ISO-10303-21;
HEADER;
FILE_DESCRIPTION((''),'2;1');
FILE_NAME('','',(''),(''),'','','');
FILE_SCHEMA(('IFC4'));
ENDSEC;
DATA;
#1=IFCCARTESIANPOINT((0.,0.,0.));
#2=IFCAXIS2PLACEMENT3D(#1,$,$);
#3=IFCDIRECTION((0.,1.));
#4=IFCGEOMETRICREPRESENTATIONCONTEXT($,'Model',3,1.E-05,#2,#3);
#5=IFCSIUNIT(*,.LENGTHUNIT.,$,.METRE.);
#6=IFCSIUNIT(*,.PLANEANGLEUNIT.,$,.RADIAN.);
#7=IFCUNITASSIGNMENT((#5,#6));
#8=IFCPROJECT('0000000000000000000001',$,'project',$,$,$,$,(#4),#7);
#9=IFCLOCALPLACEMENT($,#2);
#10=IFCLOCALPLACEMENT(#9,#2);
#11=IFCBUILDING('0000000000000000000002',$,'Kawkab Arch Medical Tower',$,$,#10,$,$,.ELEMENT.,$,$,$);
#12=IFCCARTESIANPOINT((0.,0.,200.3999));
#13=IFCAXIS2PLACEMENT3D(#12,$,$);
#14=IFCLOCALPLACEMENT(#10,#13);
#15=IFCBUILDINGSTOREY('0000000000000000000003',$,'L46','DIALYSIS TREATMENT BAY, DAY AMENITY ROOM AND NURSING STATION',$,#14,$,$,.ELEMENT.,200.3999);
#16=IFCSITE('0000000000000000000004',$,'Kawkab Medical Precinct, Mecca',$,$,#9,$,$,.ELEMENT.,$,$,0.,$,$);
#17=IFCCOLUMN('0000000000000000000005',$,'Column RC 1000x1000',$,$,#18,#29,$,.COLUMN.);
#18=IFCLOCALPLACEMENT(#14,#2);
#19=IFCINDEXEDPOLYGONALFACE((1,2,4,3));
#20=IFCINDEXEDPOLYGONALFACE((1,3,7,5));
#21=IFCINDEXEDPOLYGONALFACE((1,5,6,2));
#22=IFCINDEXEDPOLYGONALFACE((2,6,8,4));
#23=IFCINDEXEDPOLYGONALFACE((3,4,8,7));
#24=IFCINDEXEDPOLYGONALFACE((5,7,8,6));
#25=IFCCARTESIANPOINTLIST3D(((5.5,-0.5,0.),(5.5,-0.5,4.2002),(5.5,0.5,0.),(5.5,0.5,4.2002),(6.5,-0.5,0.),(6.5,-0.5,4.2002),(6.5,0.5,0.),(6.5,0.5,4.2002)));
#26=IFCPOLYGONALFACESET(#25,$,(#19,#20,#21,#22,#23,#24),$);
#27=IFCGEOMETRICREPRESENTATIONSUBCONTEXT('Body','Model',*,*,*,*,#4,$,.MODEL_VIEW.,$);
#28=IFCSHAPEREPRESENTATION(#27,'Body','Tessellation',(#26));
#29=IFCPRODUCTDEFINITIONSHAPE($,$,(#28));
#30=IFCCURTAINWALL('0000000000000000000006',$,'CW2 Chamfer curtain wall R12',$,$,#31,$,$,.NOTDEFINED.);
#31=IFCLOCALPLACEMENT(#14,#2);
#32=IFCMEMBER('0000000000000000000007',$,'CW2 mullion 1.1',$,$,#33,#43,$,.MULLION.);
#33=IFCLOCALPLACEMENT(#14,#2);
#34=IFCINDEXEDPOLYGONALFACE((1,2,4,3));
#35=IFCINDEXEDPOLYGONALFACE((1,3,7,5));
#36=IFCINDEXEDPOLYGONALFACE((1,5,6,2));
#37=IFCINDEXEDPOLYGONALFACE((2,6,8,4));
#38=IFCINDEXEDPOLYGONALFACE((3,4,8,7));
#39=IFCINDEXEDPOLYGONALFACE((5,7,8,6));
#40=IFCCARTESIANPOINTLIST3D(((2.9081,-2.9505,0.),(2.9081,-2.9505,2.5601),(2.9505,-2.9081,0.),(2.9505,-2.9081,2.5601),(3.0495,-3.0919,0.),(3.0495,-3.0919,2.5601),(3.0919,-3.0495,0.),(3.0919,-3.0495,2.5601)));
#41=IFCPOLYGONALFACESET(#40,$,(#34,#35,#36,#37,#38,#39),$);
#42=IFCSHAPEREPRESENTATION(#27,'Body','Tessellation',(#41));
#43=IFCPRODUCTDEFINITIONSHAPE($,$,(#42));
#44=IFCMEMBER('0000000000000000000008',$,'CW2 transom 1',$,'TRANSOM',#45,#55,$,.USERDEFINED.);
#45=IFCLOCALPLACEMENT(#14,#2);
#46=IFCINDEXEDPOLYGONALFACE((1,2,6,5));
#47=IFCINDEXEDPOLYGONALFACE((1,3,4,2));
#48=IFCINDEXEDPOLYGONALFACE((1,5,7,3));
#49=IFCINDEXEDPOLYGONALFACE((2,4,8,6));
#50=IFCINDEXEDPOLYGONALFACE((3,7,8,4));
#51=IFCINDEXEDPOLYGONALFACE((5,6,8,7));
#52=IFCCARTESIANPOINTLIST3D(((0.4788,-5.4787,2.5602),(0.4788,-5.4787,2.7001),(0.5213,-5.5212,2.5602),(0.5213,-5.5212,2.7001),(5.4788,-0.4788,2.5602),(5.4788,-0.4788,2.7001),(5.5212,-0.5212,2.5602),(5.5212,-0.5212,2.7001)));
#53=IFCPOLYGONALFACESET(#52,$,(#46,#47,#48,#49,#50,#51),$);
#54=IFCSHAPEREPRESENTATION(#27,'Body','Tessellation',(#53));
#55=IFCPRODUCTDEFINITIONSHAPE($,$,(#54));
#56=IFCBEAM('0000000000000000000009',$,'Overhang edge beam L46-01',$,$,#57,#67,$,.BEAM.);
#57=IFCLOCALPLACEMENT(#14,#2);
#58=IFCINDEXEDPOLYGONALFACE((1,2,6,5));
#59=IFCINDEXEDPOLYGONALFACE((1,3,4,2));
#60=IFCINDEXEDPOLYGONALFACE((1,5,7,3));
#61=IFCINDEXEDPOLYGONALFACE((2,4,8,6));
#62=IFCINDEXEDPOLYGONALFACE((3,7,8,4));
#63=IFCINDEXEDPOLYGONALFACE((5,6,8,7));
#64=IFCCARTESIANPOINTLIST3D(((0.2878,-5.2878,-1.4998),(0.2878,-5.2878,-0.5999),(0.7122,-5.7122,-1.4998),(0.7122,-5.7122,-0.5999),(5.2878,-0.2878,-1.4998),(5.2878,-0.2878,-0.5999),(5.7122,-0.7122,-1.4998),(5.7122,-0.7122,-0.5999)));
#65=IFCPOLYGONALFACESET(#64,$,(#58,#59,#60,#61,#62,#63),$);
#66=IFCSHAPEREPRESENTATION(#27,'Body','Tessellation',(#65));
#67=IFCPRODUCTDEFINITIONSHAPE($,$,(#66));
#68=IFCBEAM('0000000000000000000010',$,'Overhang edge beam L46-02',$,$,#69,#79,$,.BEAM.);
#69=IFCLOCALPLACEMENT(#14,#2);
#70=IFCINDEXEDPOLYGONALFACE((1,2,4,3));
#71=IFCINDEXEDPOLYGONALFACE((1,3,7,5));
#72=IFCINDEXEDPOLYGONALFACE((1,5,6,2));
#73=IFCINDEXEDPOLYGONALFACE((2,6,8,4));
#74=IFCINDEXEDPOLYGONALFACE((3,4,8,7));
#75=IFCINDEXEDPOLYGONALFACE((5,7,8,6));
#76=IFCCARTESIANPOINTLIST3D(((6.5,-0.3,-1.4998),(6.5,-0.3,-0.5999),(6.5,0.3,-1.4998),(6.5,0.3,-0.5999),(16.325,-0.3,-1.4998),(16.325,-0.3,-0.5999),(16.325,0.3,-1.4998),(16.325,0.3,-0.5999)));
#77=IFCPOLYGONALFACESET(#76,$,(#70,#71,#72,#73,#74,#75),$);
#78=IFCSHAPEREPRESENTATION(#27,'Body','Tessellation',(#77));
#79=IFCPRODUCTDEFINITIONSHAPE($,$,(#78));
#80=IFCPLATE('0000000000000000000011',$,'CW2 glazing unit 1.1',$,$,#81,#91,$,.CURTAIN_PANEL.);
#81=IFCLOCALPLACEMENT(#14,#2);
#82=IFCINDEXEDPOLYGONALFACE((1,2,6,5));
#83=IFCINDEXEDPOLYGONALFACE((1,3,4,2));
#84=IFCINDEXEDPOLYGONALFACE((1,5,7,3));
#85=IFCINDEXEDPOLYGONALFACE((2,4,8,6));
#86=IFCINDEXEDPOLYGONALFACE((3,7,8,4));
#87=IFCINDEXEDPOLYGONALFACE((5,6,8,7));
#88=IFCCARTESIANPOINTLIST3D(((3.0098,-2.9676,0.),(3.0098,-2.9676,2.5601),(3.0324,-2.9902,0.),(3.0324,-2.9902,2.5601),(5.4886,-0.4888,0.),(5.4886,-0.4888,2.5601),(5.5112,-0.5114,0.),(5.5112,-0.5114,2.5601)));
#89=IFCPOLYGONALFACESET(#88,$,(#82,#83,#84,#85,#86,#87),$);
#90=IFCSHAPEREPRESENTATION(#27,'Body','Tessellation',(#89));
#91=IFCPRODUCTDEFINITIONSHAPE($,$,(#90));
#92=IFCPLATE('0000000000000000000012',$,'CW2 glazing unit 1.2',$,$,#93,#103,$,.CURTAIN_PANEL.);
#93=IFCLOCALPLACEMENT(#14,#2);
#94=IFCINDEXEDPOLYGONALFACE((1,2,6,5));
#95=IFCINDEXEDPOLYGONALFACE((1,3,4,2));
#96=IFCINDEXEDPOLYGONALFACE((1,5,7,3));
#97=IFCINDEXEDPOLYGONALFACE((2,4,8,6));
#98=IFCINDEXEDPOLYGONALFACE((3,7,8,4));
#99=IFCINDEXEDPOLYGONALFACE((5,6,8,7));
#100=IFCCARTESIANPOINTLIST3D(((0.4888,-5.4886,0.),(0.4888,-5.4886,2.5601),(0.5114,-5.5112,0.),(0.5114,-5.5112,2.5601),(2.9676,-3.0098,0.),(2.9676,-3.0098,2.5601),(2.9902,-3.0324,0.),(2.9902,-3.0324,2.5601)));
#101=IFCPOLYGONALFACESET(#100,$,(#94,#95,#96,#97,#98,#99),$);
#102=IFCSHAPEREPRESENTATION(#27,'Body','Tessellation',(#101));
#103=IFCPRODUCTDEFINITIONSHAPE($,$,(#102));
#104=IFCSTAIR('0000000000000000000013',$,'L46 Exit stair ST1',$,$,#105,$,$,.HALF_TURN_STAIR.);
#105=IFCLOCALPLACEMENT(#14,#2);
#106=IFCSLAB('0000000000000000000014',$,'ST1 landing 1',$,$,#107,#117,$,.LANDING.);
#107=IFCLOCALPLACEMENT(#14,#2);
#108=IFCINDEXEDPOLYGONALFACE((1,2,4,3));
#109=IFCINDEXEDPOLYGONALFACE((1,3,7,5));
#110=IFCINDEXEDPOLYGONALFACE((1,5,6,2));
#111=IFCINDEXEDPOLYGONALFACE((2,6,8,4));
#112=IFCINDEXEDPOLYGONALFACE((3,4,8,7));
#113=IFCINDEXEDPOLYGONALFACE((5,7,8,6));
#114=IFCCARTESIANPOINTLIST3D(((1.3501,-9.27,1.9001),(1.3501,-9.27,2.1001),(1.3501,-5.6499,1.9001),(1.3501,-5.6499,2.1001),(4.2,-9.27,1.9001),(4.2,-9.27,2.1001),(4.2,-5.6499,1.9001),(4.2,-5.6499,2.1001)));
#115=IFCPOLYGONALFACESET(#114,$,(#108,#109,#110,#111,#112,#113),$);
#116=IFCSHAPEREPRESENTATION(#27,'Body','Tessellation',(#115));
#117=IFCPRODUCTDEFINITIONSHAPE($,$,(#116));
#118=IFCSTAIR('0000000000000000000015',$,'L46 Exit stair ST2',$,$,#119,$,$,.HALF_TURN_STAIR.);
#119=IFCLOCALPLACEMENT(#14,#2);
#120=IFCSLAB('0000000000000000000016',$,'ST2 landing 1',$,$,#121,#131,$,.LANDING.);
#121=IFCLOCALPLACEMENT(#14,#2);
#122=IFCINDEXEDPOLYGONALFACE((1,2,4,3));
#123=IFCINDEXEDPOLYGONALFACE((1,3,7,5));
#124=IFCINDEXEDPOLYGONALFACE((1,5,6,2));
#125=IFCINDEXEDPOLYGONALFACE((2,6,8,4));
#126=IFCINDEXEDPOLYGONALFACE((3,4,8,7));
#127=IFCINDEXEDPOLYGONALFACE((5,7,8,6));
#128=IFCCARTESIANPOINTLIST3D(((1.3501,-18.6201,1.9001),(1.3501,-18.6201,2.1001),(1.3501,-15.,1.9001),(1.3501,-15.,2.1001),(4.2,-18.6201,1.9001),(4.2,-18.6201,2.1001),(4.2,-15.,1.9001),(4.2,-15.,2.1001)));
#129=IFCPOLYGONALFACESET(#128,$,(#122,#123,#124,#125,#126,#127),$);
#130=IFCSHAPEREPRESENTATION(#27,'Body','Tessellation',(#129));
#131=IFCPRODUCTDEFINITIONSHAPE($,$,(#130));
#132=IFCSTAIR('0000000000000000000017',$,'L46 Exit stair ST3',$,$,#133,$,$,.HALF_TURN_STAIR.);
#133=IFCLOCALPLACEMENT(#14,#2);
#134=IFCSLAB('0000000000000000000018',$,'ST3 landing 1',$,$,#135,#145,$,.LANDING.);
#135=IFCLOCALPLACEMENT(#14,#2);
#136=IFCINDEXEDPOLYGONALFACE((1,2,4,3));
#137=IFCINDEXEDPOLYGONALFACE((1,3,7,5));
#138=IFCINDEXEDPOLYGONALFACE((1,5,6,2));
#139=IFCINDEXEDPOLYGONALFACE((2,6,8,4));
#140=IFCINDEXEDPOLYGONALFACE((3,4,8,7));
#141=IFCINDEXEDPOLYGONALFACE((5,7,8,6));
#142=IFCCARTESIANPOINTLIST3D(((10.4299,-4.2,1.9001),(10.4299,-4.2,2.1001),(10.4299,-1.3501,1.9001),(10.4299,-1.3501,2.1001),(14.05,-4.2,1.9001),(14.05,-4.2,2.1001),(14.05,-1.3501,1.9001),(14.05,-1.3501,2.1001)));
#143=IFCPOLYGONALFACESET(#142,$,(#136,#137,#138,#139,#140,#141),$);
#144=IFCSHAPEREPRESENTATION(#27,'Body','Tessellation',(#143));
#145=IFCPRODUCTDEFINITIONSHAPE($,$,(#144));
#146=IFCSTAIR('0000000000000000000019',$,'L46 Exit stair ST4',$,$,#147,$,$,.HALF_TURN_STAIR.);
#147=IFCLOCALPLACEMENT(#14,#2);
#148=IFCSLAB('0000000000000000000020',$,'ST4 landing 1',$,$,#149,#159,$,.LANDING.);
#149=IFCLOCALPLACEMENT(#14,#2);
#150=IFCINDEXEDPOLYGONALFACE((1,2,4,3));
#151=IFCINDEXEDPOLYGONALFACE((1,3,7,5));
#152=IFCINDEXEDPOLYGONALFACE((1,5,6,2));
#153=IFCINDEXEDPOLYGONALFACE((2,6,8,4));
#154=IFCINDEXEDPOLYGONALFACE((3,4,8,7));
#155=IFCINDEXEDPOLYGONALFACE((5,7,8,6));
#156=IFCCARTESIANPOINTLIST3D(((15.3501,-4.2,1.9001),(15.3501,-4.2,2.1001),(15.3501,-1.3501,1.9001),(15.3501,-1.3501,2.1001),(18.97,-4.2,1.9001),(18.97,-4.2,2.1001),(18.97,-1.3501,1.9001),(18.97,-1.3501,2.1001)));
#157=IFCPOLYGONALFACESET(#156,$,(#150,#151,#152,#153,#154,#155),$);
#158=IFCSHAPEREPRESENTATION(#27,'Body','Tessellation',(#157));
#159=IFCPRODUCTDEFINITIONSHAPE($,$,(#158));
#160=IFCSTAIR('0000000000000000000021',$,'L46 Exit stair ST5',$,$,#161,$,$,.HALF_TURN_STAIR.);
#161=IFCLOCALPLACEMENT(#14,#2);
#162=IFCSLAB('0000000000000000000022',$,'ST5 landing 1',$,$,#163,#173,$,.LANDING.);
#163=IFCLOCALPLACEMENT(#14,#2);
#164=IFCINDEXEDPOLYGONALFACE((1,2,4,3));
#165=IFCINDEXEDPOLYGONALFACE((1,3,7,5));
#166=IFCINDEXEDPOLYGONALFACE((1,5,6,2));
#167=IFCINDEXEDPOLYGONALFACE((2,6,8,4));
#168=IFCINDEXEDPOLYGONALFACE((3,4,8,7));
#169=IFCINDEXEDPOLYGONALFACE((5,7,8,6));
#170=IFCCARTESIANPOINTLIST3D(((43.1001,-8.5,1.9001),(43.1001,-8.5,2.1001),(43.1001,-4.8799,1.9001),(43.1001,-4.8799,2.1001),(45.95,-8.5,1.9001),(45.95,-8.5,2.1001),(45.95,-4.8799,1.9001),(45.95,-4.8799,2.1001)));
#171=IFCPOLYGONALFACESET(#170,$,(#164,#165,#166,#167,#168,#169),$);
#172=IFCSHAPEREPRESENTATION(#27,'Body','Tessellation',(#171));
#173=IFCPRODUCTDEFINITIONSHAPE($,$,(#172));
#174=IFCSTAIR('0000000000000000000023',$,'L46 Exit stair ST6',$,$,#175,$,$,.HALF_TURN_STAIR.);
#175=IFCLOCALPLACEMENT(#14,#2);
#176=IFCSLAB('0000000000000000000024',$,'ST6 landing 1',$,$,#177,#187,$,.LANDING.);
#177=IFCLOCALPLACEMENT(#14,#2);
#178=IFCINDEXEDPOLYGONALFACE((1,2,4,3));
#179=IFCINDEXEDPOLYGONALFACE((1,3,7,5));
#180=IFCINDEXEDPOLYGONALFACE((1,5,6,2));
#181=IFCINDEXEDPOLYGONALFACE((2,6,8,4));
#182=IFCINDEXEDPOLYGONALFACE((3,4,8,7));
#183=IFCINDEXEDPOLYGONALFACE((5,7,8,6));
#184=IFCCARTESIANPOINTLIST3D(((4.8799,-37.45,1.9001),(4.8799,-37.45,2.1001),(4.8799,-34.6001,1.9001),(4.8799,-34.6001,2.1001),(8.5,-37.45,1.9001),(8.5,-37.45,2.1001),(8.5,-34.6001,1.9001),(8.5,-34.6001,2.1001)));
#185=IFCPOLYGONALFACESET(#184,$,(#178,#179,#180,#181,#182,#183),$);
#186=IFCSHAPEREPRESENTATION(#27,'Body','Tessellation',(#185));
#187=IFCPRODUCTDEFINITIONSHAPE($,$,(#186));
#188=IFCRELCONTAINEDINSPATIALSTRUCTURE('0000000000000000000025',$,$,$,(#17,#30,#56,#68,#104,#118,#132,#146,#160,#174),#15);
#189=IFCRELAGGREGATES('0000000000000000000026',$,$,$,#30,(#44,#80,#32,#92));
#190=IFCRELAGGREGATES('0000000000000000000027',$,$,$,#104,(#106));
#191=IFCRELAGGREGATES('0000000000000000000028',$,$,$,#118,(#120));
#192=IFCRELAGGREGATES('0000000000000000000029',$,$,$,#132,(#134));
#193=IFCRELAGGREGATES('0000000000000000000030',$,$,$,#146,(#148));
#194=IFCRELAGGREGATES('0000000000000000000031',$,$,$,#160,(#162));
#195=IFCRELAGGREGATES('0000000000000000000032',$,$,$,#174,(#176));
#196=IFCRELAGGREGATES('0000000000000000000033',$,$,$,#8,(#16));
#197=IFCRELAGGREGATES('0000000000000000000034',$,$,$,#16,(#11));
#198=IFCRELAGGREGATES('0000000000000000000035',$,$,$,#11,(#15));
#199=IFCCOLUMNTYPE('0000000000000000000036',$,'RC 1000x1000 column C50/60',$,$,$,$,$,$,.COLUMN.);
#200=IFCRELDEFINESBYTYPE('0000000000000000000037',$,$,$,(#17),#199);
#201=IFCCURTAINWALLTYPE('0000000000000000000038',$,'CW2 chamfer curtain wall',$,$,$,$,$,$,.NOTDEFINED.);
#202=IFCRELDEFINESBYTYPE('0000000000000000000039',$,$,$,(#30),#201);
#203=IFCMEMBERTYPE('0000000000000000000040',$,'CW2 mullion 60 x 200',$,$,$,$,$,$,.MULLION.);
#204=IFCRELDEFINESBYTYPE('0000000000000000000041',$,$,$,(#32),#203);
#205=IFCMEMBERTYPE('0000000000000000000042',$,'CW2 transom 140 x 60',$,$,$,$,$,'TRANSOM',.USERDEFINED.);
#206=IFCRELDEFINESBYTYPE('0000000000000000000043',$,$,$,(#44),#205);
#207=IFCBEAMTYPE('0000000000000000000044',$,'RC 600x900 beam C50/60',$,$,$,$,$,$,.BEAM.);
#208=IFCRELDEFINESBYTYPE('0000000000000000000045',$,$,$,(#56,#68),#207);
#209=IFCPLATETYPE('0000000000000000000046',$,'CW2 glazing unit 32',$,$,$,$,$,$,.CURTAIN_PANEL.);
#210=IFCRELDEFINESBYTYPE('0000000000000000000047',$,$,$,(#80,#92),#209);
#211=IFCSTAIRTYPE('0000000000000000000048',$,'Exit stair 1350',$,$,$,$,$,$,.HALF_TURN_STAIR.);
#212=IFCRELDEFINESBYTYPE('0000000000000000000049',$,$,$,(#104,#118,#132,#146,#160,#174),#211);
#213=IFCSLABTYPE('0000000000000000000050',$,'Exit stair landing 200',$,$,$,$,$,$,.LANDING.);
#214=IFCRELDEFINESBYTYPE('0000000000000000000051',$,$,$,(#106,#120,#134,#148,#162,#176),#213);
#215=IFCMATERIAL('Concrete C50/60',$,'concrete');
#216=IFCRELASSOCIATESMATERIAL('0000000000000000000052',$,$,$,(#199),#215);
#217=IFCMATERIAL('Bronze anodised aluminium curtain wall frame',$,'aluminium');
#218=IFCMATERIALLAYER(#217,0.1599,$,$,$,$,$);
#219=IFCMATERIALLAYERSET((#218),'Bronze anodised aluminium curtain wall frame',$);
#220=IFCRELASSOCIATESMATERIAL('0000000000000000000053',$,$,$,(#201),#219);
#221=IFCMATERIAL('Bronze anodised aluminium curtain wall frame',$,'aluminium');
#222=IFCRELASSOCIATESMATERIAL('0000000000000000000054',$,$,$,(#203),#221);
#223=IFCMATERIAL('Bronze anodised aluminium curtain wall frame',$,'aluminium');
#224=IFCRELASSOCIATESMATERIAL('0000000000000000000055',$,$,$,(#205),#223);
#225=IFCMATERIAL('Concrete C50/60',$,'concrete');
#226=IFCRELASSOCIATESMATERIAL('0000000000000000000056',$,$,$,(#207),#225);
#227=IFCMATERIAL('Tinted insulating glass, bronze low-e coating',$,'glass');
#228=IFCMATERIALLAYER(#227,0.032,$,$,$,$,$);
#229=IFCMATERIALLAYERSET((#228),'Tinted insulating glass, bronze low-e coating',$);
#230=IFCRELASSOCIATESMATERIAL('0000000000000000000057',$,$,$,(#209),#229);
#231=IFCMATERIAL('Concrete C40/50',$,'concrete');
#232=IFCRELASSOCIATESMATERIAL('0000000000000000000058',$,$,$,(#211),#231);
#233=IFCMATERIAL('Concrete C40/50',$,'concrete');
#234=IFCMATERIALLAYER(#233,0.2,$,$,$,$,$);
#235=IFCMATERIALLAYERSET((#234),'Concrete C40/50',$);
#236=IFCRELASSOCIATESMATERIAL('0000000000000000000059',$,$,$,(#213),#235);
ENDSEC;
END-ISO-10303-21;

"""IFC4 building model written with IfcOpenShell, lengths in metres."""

from ifc_helpers import new_model, si_unit, direction, frame, origin, origin_2d, place, context, subcontext, project, spatial, polyline, rectangle, outline, extrude, material, layer, layer_set, material_profile, profile_set, type_object, element, aggregate, save


model = new_model("IFC4")

# Units and contexts
model_context = context("Model", 3, precision=1e-05, world=origin(), true_north=direction((0.0, 1.0)))
body_context = subcontext(model_context, "Body", "Model", "MODEL_VIEW")
ifc_project = project(units=[si_unit("LENGTHUNIT", "METRE"), si_unit("PLANEANGLEUNIT", "RADIAN")], contexts=[model_context])

# Site, building, storey
site_placement = place(None, origin())
site = spatial("IfcSite", under=ifc_project, at=site_placement, Name="Kawkab Medical Precinct, Mecca", CompositionType="ELEMENT", RefElevation=0.0)
building_placement = place(site_placement, origin())
building = spatial("IfcBuilding", under=site, at=building_placement, Name="Kawkab Arch Medical Tower", CompositionType="ELEMENT")
storey_placement = place(building_placement, frame((0.0, 0.0, 200.3999)))
storey = spatial("IfcBuildingStorey", under=building, at=storey_placement, Name="L46", Description="DIALYSIS TREATMENT BAY, DAY AMENITY ROOM AND NURSING STATION", CompositionType="ELEMENT", Elevation=200.3999)

# Column
ifc_material_1 = material(Name="Concrete C50/60", Category="concrete")
ifc_material_profile_1 = material_profile(ifc_material_1, rectangle(XDim=1.0, YDim=1.0, at=origin_2d()), Name="RC 1000x1000")
ifc_profile_set_1 = profile_set([ifc_material_profile_1], Name="Concrete C50/60")
column_type = type_object("IfcColumnType", Name="RC 1000x1000 column C50/60", PredefinedType="COLUMN", material=ifc_profile_set_1)
column_placement = place(storey_placement, frame((6.0, 0.0, 0.0), z_axis=(0.0, 0.0, 1.0), x_axis=(1.0, 0.0, 0.0)))
element("IfcColumn", 1, at=column_placement, inside=storey, type_object=column_type, Name="Column RC 1000x1000", PredefinedType="COLUMN", context=body_context, shape_type="SweptSolid", body=[
    extrude(rectangle(XDim=1.0, YDim=1.0, at=origin_2d()), origin(), (0.0, 0.0, 1.0), 4.2002),
])

# Curtain wall, members
ifc_material_2 = material(Name="Bronze anodised aluminium curtain wall frame", Category="aluminium")
ifc_layer_1 = layer(ifc_material_2, 0.1599)
ifc_layer_set_1 = layer_set([ifc_layer_1], Name="Bronze anodised aluminium curtain wall frame")
curtain_wall_type = type_object("IfcCurtainWallType", Name="CW2 chamfer curtain wall", PredefinedType="NOTDEFINED", material=ifc_layer_set_1)
placement_1 = place(storey_placement, origin())
curtain_wall = element("IfcCurtainWall", 2, at=placement_1, inside=storey, type_object=curtain_wall_type, Name="CW2 Chamfer curtain wall R12", PredefinedType="NOTDEFINED")
ifc_material_3 = material(Name="Bronze anodised aluminium curtain wall frame", Category="aluminium")
ifc_material_profile_2 = material_profile(ifc_material_3, rectangle(XDim=0.2, YDim=0.0601, at=origin_2d()), Name="AL 60x200")
ifc_profile_set_2 = profile_set([ifc_material_profile_2], Name="Bronze anodised aluminium curtain wall frame")
member_type_1 = type_object("IfcMemberType", Name="CW2 mullion 60 x 200", PredefinedType="MULLION", material=ifc_profile_set_2)
member_1_placement = place(storey_placement, frame((3.0, -3.0, 0.0), z_axis=(0.0, 0.0, 1.0), x_axis=(0.707107, -0.707107, 0.0)))
member_1 = element("IfcMember", 3, at=member_1_placement, type_object=member_type_1, Name="CW2 mullion 1.1", PredefinedType="MULLION", context=body_context, shape_type="SweptSolid", body=[
    extrude(rectangle(XDim=0.2, YDim=0.0601, at=origin_2d()), origin(), (0.0, 0.0, 1.0), 2.5601),
])
ifc_material_4 = material(Name="Bronze anodised aluminium curtain wall frame", Category="aluminium")
ifc_material_profile_3 = material_profile(ifc_material_4, rectangle(XDim=0.0601, YDim=0.1399, at=origin_2d()), Name="AL 60x140")
ifc_profile_set_3 = profile_set([ifc_material_profile_3], Name="Bronze anodised aluminium curtain wall frame")
member_type_2 = type_object("IfcMemberType", Name="CW2 transom 140 x 60", ElementType="TRANSOM", PredefinedType="USERDEFINED", material=ifc_profile_set_3)
member_2_placement = place(storey_placement, frame((5.5, -0.5, 2.6301), z_axis=(-0.707107, -0.707107, 0.0), x_axis=(0.707107, -0.707107, 0.0)))
member_2 = element("IfcMember", 4, at=member_2_placement, type_object=member_type_2, Name="CW2 transom 1", ObjectType="TRANSOM", PredefinedType="USERDEFINED", context=body_context, shape_type="SweptSolid", body=[
    extrude(rectangle(XDim=0.0601, YDim=0.1399, at=origin_2d()), origin(), (0.0, 0.0, 1.0), 7.071),
])

# Beams
ifc_material_5 = material(Name="Concrete C50/60", Category="concrete")
ifc_material_profile_4 = material_profile(ifc_material_5, rectangle(XDim=0.6001, YDim=0.8999, at=origin_2d()), Name="RC 600x900")
ifc_profile_set_4 = profile_set([ifc_material_profile_4], Name="Concrete C50/60")
beam_type = type_object("IfcBeamType", Name="RC 600x900 beam C50/60", PredefinedType="BEAM", material=ifc_profile_set_4)
beam_1_placement = place(storey_placement, frame((0.5, -5.5, -1.0498), z_axis=(0.707107, 0.707107, 0.0), x_axis=(-0.707107, 0.707107, 0.0)))
element("IfcBeam", 5, at=beam_1_placement, inside=storey, type_object=beam_type, Name="Overhang edge beam L46-01", PredefinedType="BEAM", context=body_context, shape_type="SweptSolid", body=[
    extrude(rectangle(XDim=0.6001, YDim=0.8999, at=origin_2d()), origin(), (0.0, 0.0, 1.0), 7.071),
])
beam_2_placement = place(storey_placement, frame((6.5, 0.0, -1.0498), z_axis=(1.0, 0.0, 0.0), x_axis=(0.0, 1.0, 0.0)))
element("IfcBeam", 6, at=beam_2_placement, inside=storey, type_object=beam_type, Name="Overhang edge beam L46-02", PredefinedType="BEAM", context=body_context, shape_type="SweptSolid", body=[
    extrude(rectangle(XDim=0.6001, YDim=0.8999, at=origin_2d()), origin(), (0.0, 0.0, 1.0), 9.825),
])

# Plates
ifc_material_6 = material(Name="Tinted insulating glass, bronze low-e coating", Category="glass")
ifc_layer_2 = layer(ifc_material_6, 0.032)
ifc_layer_set_2 = layer_set([ifc_layer_2], Name="Tinted insulating glass, bronze low-e coating")
plate_type = type_object("IfcPlateType", Name="CW2 glazing unit 32", PredefinedType="CURTAIN_PANEL", material=ifc_layer_set_2)
plate_1_placement = place(storey_placement, frame((4.2605, -1.7395, 0.0), z_axis=(0.0, 0.0, 1.0), x_axis=(-0.707107, -0.707107, 0.0)))
plate_1 = element("IfcPlate", 7, at=plate_1_placement, type_object=plate_type, Name="CW2 glazing unit 1.1", PredefinedType="CURTAIN_PANEL", context=body_context, shape_type="SweptSolid", body=[
    extrude(rectangle(XDim=3.5056, YDim=0.032, at=origin_2d()), origin(), (0.0, 0.0, 1.0), 2.5601),
])
plate_2_placement = place(storey_placement, frame((1.7395, -4.2605, 0.0), z_axis=(0.0, 0.0, 1.0), x_axis=(-0.707107, -0.707107, 0.0)))
plate_2 = element("IfcPlate", 8, at=plate_2_placement, type_object=plate_type, Name="CW2 glazing unit 1.2", PredefinedType="CURTAIN_PANEL", context=body_context, shape_type="SweptSolid", body=[
    extrude(rectangle(XDim=3.5056, YDim=0.032, at=origin_2d()), origin(), (0.0, 0.0, 1.0), 2.5601),
])
aggregate(curtain_wall, [member_2, plate_1, member_1, plate_2])

# Stairs, slabs
ifc_material_7 = material(Name="Concrete C40/50", Category="concrete")
stair_type = type_object("IfcStairType", Name="Exit stair 1350", PredefinedType="HALF_TURN_STAIR", material=ifc_material_7)
stair_1 = element("IfcStair", 9, at=placement_1, inside=storey, type_object=stair_type, Name="L46 Exit stair ST1", PredefinedType="HALF_TURN_STAIR")
ifc_material_8 = material(Name="Concrete C40/50", Category="concrete")
ifc_layer_3 = layer(ifc_material_8, 0.2)
ifc_layer_set_3 = layer_set([ifc_layer_3], Name="Concrete C40/50")
slab_type_1 = type_object("IfcSlabType", Name="Exit stair landing 200", PredefinedType="LANDING", material=ifc_layer_set_3)
placement_2 = place(storey_placement, frame((0.0, 0.0, 1.9001)))
slab_1 = element("IfcSlab", 10, at=placement_2, type_object=slab_type_1, Name="ST1 landing 1", PredefinedType="LANDING", context=body_context, shape_type="SweptSolid", body=[
    extrude(outline(polyline([(4.2, -9.27), (4.2, -5.6499), (1.3501, -5.6499), (1.3501, -9.27), (4.2, -9.27)])), origin(), (0.0, 0.0, 1.0), 0.2),
])
aggregate(stair_1, [slab_1])
stair_2 = element("IfcStair", 11, at=placement_1, inside=storey, type_object=stair_type, Name="L46 Exit stair ST2", PredefinedType="HALF_TURN_STAIR")
slab_2 = element("IfcSlab", 12, at=placement_2, type_object=slab_type_1, Name="ST2 landing 1", PredefinedType="LANDING", context=body_context, shape_type="SweptSolid", body=[
    extrude(outline(polyline([(4.2, -18.6201), (4.2, -15.0), (1.3501, -15.0), (1.3501, -18.6201), (4.2, -18.6201)])), origin(), (0.0, 0.0, 1.0), 0.2),
])
aggregate(stair_2, [slab_2])
stair_3 = element("IfcStair", 13, at=placement_1, inside=storey, type_object=stair_type, Name="L46 Exit stair ST3", PredefinedType="HALF_TURN_STAIR")
slab_3 = element("IfcSlab", 14, at=placement_2, type_object=slab_type_1, Name="ST3 landing 1", PredefinedType="LANDING", context=body_context, shape_type="SweptSolid", body=[
    extrude(outline(polyline([(10.4299, -4.2), (14.05, -4.2), (14.05, -1.3501), (10.4299, -1.3501), (10.4299, -4.2)])), origin(), (0.0, 0.0, 1.0), 0.2),
])
aggregate(stair_3, [slab_3])
stair_4 = element("IfcStair", 15, at=placement_1, inside=storey, type_object=stair_type, Name="L46 Exit stair ST4", PredefinedType="HALF_TURN_STAIR")
slab_4 = element("IfcSlab", 16, at=placement_2, type_object=slab_type_1, Name="ST4 landing 1", PredefinedType="LANDING", context=body_context, shape_type="SweptSolid", body=[
    extrude(outline(polyline([(18.97, -1.3501), (15.3501, -1.3501), (15.3501, -4.2), (18.97, -4.2), (18.97, -1.3501)])), origin(), (0.0, 0.0, 1.0), 0.2),
])
aggregate(stair_4, [slab_4])
stair_5 = element("IfcStair", 17, at=placement_1, inside=storey, type_object=stair_type, Name="L46 Exit stair ST5", PredefinedType="HALF_TURN_STAIR")
slab_5 = element("IfcSlab", 18, at=placement_2, type_object=slab_type_1, Name="ST5 landing 1", PredefinedType="LANDING", context=body_context, shape_type="SweptSolid", body=[
    extrude(outline(polyline([(43.1001, -4.8799), (43.1001, -8.5), (45.95, -8.5), (45.95, -4.8799), (43.1001, -4.8799)])), origin(), (0.0, 0.0, 1.0), 0.2),
])
aggregate(stair_5, [slab_5])
stair_6 = element("IfcStair", 19, at=placement_1, inside=storey, type_object=stair_type, Name="L46 Exit stair ST6", PredefinedType="HALF_TURN_STAIR")
slab_6 = element("IfcSlab", 20, at=placement_2, type_object=slab_type_1, Name="ST6 landing 1", PredefinedType="LANDING", context=body_context, shape_type="SweptSolid", body=[
    extrude(outline(polyline([(4.8799, -37.45), (8.5, -37.45), (8.5, -34.6001), (4.8799, -34.6001), (4.8799, -37.45)])), origin(), (0.0, 0.0, 1.0), 0.2),
])
aggregate(stair_6, [slab_6])

save(model, "model.ifc")
